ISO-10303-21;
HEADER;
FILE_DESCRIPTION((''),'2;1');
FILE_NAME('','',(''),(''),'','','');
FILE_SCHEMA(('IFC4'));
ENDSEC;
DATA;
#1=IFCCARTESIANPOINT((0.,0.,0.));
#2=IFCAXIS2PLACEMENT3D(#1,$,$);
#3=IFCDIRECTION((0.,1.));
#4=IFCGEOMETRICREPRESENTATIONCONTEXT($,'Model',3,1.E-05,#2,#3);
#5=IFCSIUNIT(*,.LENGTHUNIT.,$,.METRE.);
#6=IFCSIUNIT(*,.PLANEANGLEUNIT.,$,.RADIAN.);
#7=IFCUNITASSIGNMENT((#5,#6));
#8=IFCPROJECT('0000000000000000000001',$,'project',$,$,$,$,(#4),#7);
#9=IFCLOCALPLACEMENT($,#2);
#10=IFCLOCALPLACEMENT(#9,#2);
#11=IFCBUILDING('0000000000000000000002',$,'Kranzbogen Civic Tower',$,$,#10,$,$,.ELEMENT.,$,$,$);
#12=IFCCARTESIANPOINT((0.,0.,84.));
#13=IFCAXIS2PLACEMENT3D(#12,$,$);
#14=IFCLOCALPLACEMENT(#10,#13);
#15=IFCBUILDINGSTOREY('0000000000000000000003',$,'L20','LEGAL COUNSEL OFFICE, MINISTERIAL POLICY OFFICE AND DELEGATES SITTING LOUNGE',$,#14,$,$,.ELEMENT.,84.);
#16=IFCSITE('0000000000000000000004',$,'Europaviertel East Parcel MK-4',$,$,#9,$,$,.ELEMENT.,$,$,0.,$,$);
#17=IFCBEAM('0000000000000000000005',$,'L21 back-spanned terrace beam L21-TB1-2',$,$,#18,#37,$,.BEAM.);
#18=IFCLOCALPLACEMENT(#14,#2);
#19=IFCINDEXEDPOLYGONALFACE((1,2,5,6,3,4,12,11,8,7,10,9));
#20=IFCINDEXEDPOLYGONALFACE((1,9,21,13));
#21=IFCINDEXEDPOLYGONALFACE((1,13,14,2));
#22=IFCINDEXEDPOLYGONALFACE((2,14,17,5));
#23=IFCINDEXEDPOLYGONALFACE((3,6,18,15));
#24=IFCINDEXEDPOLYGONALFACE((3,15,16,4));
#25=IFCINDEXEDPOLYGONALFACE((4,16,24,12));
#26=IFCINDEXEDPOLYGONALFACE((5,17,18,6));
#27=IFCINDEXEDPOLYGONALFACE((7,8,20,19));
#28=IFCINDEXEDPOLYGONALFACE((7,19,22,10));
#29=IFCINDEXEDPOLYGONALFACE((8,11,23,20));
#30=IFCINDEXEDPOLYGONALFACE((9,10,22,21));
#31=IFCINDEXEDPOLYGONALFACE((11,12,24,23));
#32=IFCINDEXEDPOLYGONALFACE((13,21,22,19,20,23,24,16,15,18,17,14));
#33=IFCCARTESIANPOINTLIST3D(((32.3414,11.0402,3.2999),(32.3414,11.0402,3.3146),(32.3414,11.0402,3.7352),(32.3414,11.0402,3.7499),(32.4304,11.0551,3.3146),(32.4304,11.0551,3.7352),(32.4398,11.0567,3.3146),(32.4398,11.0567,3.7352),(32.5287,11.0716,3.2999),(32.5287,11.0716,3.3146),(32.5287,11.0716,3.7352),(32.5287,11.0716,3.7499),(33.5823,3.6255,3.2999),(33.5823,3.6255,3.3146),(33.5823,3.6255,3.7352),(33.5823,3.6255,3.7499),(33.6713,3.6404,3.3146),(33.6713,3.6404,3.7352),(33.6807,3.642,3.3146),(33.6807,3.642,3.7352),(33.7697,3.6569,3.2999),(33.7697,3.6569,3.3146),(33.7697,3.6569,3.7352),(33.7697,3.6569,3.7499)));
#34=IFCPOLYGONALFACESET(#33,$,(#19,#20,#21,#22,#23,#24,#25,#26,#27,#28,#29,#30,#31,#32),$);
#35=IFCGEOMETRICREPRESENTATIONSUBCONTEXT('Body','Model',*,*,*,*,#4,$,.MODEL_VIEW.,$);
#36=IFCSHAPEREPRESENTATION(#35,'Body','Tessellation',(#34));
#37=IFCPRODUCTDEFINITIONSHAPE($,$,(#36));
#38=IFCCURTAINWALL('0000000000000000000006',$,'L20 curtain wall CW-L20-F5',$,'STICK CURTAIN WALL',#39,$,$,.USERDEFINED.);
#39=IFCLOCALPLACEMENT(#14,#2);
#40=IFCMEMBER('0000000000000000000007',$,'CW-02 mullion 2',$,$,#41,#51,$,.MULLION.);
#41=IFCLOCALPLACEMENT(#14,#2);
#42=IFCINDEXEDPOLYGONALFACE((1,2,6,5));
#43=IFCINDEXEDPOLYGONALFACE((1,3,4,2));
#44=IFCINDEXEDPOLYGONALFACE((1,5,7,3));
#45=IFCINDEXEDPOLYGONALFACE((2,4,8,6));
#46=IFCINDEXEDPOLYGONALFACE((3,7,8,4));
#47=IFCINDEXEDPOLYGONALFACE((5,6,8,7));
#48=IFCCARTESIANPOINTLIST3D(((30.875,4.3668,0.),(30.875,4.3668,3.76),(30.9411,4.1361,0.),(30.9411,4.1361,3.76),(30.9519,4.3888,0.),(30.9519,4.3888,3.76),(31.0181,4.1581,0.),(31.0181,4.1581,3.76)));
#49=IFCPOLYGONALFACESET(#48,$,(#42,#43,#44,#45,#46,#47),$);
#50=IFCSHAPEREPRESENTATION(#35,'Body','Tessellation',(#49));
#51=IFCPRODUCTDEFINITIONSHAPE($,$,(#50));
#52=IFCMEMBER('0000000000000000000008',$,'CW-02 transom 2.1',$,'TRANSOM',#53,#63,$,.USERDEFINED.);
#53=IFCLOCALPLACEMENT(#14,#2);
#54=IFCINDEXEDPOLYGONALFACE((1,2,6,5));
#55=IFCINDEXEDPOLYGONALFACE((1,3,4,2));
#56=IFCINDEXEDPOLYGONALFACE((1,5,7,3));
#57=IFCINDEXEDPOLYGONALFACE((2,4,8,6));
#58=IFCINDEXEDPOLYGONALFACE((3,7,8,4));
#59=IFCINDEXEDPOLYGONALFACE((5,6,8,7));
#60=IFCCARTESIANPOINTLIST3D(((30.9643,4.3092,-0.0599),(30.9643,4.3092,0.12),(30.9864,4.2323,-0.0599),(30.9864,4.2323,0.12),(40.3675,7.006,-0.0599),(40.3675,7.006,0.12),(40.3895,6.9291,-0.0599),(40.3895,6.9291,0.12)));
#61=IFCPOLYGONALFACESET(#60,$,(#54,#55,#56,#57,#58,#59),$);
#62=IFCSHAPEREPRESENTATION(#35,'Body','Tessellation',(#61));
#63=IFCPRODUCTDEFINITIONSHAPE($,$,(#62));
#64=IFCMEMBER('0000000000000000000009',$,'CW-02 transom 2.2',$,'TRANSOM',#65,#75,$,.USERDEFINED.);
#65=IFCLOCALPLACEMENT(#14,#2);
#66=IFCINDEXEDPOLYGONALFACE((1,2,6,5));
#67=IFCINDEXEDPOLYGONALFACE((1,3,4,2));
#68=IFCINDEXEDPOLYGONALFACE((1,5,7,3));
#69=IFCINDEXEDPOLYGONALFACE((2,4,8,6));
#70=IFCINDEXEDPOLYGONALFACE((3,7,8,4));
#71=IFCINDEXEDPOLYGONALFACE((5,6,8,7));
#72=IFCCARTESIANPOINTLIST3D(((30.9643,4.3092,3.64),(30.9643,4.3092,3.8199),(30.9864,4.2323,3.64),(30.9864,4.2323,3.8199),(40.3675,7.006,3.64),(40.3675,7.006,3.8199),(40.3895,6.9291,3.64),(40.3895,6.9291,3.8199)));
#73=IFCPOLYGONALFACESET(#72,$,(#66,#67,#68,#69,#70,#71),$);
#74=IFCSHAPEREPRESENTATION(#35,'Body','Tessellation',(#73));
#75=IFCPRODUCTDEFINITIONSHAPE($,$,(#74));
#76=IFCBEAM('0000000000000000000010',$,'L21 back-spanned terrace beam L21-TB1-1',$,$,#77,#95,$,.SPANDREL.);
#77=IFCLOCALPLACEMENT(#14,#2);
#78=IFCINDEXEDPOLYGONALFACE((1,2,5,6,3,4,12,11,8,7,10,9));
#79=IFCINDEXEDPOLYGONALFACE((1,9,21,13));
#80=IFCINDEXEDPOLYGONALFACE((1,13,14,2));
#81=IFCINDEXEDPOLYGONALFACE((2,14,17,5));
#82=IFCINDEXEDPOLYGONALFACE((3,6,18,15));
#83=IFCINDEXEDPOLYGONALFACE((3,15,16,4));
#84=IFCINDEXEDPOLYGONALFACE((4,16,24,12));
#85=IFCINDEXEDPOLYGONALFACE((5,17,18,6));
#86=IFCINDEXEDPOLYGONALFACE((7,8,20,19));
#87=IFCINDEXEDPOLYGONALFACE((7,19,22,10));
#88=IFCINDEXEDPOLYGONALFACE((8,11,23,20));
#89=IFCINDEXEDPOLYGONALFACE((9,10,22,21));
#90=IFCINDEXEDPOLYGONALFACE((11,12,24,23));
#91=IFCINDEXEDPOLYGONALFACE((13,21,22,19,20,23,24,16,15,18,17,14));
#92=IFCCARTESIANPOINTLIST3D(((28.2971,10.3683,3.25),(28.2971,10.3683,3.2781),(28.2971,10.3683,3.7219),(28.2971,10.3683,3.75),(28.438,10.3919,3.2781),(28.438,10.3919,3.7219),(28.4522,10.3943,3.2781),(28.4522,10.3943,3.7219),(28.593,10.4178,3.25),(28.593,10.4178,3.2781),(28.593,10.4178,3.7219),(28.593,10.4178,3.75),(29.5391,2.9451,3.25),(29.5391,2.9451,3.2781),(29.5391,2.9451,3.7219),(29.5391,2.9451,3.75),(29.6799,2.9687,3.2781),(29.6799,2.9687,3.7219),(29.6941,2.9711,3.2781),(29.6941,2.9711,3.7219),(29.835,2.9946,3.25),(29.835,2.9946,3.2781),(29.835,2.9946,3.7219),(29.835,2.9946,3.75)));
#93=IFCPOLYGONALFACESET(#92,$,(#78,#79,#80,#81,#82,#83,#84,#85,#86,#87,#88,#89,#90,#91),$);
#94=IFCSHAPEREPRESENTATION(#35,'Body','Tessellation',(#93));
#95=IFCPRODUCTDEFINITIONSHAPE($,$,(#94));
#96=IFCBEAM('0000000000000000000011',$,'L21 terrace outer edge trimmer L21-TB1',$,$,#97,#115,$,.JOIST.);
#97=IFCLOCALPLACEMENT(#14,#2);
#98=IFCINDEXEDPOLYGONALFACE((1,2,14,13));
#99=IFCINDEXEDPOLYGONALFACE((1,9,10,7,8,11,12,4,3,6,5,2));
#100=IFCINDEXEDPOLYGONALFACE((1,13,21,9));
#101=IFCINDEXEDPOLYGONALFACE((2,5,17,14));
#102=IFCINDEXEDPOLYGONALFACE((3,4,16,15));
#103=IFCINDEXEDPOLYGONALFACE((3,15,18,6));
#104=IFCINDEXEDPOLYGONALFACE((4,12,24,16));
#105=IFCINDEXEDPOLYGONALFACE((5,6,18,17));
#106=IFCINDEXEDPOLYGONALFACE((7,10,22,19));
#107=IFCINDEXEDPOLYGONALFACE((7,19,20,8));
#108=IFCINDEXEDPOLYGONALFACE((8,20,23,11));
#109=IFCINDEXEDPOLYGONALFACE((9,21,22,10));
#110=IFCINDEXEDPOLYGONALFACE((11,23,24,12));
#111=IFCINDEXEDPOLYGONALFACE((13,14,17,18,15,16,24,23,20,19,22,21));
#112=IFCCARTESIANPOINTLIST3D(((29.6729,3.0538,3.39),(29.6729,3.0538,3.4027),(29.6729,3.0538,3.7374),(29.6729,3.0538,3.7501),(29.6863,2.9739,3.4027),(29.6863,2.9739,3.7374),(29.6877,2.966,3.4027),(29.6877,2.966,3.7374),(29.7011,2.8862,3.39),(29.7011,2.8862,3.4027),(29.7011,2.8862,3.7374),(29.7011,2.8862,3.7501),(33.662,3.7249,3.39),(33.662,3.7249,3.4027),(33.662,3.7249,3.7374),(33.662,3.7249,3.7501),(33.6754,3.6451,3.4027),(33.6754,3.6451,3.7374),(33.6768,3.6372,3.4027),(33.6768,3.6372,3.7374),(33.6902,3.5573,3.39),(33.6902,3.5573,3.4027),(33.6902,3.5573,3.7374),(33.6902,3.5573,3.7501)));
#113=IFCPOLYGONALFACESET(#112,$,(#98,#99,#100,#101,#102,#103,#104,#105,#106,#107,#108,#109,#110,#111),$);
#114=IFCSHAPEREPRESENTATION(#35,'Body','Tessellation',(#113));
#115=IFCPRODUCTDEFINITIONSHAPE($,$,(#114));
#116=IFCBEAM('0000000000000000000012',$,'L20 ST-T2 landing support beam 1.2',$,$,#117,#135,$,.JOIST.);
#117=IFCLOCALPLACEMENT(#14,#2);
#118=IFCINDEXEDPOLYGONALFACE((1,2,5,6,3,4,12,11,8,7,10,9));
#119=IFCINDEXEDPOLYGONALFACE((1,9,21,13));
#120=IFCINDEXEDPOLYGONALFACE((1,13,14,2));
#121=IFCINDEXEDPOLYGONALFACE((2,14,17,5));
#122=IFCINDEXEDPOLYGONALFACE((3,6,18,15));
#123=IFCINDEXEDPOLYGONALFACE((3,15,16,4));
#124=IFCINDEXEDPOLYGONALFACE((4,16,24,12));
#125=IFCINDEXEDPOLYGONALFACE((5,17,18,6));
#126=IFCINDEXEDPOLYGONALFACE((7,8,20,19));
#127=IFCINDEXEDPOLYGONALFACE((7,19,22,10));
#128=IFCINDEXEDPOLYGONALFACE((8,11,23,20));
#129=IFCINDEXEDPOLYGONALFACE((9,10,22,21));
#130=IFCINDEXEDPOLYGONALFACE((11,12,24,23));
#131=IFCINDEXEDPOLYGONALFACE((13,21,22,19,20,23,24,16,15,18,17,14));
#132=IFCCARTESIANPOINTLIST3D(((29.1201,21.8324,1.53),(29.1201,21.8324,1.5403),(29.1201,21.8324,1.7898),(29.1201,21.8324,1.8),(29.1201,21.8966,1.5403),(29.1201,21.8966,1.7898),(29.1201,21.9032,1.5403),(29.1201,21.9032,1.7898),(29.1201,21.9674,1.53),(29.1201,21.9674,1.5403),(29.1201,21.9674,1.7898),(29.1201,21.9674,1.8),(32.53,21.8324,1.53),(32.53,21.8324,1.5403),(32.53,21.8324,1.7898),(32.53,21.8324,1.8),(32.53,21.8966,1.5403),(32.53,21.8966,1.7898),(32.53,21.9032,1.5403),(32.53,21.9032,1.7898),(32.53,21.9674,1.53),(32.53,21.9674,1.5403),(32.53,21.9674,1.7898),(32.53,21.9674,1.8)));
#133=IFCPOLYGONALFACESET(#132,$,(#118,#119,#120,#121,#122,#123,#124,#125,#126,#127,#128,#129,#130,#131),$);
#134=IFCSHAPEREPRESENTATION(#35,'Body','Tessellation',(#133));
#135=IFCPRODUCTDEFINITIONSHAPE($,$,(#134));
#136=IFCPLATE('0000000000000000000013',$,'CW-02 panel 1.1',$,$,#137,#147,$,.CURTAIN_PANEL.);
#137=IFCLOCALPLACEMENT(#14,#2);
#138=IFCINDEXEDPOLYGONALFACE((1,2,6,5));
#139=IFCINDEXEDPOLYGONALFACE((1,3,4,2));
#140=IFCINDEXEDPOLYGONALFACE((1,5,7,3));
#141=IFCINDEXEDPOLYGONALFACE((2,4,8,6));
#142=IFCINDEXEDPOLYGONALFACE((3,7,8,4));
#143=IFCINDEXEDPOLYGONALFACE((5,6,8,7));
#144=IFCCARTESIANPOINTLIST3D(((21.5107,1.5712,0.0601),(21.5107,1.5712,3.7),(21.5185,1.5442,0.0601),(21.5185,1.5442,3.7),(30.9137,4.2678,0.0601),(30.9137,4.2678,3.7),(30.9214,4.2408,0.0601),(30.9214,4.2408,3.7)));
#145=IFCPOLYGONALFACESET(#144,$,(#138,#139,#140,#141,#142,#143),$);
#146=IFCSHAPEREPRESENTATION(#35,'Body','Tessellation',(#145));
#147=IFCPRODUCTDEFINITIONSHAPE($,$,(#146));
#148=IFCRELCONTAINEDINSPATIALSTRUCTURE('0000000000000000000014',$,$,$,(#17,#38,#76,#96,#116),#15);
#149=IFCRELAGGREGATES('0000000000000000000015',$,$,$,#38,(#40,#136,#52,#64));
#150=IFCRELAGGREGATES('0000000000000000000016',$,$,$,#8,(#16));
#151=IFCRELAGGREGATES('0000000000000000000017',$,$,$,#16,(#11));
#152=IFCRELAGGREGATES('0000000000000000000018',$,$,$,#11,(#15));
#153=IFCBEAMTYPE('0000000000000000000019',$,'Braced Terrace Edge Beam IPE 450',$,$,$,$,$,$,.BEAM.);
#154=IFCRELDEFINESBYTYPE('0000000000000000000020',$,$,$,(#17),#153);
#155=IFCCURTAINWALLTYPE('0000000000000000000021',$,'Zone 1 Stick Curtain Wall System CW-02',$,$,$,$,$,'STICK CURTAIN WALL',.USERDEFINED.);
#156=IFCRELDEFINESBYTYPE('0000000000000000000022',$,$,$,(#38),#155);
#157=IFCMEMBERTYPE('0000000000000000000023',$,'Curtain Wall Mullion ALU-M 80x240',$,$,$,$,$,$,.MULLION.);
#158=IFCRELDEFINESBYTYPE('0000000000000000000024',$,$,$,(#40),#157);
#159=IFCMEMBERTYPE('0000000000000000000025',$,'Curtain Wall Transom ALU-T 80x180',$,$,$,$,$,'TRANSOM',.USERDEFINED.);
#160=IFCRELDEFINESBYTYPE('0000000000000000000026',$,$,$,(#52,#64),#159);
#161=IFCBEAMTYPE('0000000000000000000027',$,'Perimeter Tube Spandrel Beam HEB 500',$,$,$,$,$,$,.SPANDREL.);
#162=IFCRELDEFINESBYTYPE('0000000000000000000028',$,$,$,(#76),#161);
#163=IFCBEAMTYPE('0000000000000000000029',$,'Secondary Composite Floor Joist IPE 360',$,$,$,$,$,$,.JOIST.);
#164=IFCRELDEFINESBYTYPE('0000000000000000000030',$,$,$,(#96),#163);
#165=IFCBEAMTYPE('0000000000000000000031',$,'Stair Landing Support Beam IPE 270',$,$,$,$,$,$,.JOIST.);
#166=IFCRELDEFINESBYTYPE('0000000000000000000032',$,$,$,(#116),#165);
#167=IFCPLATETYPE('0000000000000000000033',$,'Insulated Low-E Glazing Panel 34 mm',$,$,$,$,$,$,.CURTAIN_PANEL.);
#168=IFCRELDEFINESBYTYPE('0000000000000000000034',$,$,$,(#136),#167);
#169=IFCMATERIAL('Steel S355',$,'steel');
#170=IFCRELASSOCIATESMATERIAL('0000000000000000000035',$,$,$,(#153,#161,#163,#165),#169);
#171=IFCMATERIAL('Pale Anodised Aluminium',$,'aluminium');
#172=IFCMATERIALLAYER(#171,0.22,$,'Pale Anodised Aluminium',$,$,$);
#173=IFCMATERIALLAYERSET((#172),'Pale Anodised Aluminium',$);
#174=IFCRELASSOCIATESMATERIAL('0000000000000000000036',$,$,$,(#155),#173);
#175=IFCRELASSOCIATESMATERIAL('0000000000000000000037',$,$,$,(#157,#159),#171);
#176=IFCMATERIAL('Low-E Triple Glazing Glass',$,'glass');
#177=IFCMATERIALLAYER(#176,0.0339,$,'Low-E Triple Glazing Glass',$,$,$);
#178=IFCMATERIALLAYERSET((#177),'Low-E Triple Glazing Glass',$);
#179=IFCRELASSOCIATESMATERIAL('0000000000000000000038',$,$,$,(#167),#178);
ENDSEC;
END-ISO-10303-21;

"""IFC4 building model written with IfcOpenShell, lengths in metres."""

from ifc_helpers import new_model, si_unit, direction, frame, origin, origin_2d, place, context, subcontext, project, spatial, rectangle, i_section, extrude, material, layer, layer_set, material_profile, profile_set, type_object, element, aggregate, save


model = new_model("IFC4")

# Units and contexts
model_context = context("Model", 3, precision=1e-05, world=origin(), true_north=direction((0.0, 1.0)))
body_context = subcontext(model_context, "Body", "Model", "MODEL_VIEW")
ifc_project = project(units=[si_unit("LENGTHUNIT", "METRE"), si_unit("PLANEANGLEUNIT", "RADIAN")], contexts=[model_context])

# Site, building, storey
site_placement = place(None, origin())
site = spatial("IfcSite", under=ifc_project, at=site_placement, Name="Europaviertel East Parcel MK-4", CompositionType="ELEMENT", RefElevation=0.0)
building_placement = place(site_placement, origin())
building = spatial("IfcBuilding", under=site, at=building_placement, Name="Kranzbogen Civic Tower", CompositionType="ELEMENT")
storey_placement = place(building_placement, frame((0.0, 0.0, 84.0)))
storey = spatial("IfcBuildingStorey", under=building, at=storey_placement, Name="L20", Description="LEGAL COUNSEL OFFICE, MINISTERIAL POLICY OFFICE AND DELEGATES SITTING LOUNGE", CompositionType="ELEMENT", Elevation=84.0)

# Beam
ifc_material_1 = material(Name="Steel S355", Category="steel")
ifc_material_profile_1 = material_profile(ifc_material_1, i_section(OverallWidth=0.1899, OverallDepth=0.45, WebThickness=0.0095, FlangeThickness=0.0146, at=origin_2d()), Name="IPE 450")
ifc_profile_set_1 = profile_set([ifc_material_profile_1], Name="Steel S355")
beam_type_1 = type_object("IfcBeamType", Name="Braced Terrace Edge Beam IPE 450", PredefinedType="BEAM", material=ifc_profile_set_1)
beam_1_placement = place(storey_placement, frame((32.4351, 11.0559, 3.5249), z_axis=(0.165068, -0.986282, 0.0), x_axis=(0.986282, 0.165068, 0.0)))
element("IfcBeam", 1, at=beam_1_placement, inside=storey, type_object=beam_type_1, Name="L21 back-spanned terrace beam L21-TB1-2", PredefinedType="BEAM", context=body_context, shape_type="SweptSolid", body=[
    extrude(i_section(OverallWidth=0.1899, OverallDepth=0.45, WebThickness=0.0095, FlangeThickness=0.0146, at=origin_2d()), origin(), (0.0, 0.0, 1.0), 7.5178),
])

# Curtain wall, members
ifc_material_2 = material(Name="Pale Anodised Aluminium", Category="aluminium")
ifc_layer_1 = layer(ifc_material_2, 0.22, Name="Pale Anodised Aluminium")
ifc_layer_set_1 = layer_set([ifc_layer_1], Name="Pale Anodised Aluminium")
curtain_wall_type = type_object("IfcCurtainWallType", Name="Zone 1 Stick Curtain Wall System CW-02", ElementType="STICK CURTAIN WALL", PredefinedType="USERDEFINED", material=ifc_layer_set_1)
curtain_wall_placement = place(storey_placement, origin())
curtain_wall = element("IfcCurtainWall", 2, at=curtain_wall_placement, inside=storey, type_object=curtain_wall_type, Name="L20 curtain wall CW-L20-F5", ObjectType="STICK CURTAIN WALL", PredefinedType="USERDEFINED")
ifc_material_profile_2 = material_profile(ifc_material_2, rectangle(XDim=0.0801, YDim=0.24, at=origin_2d()), Name="ALU-M 80x240")
ifc_profile_set_2 = profile_set([ifc_material_profile_2], Name="Pale Anodised Aluminium")
member_type_1 = type_object("IfcMemberType", Name="Curtain Wall Mullion ALU-M 80x240", PredefinedType="MULLION", material=ifc_profile_set_2)
member_1_placement = place(storey_placement, frame((30.9465, 4.2625, 0.0), z_axis=(0.0, 0.0, 1.0), x_axis=(0.96125, 0.275678, 0.0)))
member_1 = element("IfcMember", 3, at=member_1_placement, type_object=member_type_1, Name="CW-02 mullion 2", PredefinedType="MULLION", context=body_context, shape_type="SweptSolid", body=[
    extrude(rectangle(XDim=0.0801, YDim=0.24, at=origin_2d()), origin(), (0.0, 0.0, 1.0), 3.76),
])
ifc_material_profile_3 = material_profile(ifc_material_2, rectangle(XDim=0.0801, YDim=0.1799, at=origin_2d()), Name="ALU-T 80x180")
ifc_profile_set_3 = profile_set([ifc_material_profile_3], Name="Pale Anodised Aluminium")
member_type_2 = type_object("IfcMemberType", Name="Curtain Wall Transom ALU-T 80x180", ElementType="TRANSOM", PredefinedType="USERDEFINED", material=ifc_profile_set_3)
member_2_placement = place(storey_placement, frame((30.9753, 4.2708, 0.03), z_axis=(0.961248, 0.275684, 0.0), x_axis=(-0.275684, 0.961248, 0.0)))
member_2 = element("IfcMember", 4, at=member_2_placement, type_object=member_type_2, Name="CW-02 transom 2.1", ObjectType="TRANSOM", PredefinedType="USERDEFINED", context=body_context, shape_type="SweptSolid", body=[
    extrude(rectangle(XDim=0.0801, YDim=0.1799, at=origin_2d()), origin(), (0.0, 0.0, 1.0), 9.7822),
])
member_3_placement = place(storey_placement, frame((30.9753, 4.2708, 3.73), z_axis=(0.961248, 0.275684, 0.0), x_axis=(-0.275684, 0.961248, 0.0)))
member_3 = element("IfcMember", 5, at=member_3_placement, type_object=member_type_2, Name="CW-02 transom 2.2", ObjectType="TRANSOM", PredefinedType="USERDEFINED", context=body_context, shape_type="SweptSolid", body=[
    extrude(rectangle(XDim=0.0801, YDim=0.1799, at=origin_2d()), origin(), (0.0, 0.0, 1.0), 9.7822),
])

# Beams
ifc_material_profile_4 = material_profile(ifc_material_1, i_section(OverallWidth=0.3, OverallDepth=0.5, WebThickness=0.0144, FlangeThickness=0.0281, at=origin_2d()), Name="HEB 500")
ifc_profile_set_4 = profile_set([ifc_material_profile_4], Name="Steel S355")
beam_type_2 = type_object("IfcBeamType", Name="Perimeter Tube Spandrel Beam HEB 500", PredefinedType="SPANDREL", material=ifc_profile_set_4)
beam_2_placement = place(storey_placement, frame((28.4451, 10.3931, 3.5), z_axis=(0.165014, -0.986291, 0.0), x_axis=(0.986291, 0.165014, 0.0)))
element("IfcBeam", 6, at=beam_2_placement, inside=storey, type_object=beam_type_2, Name="L21 back-spanned terrace beam L21-TB1-1", PredefinedType="SPANDREL", context=body_context, shape_type="SweptSolid", body=[
    extrude(i_section(OverallWidth=0.3, OverallDepth=0.5, WebThickness=0.0144, FlangeThickness=0.0281, at=origin_2d()), origin(), (0.0, 0.0, 1.0), 7.5264),
])
ifc_material_profile_5 = material_profile(ifc_material_1, i_section(OverallWidth=0.1699, OverallDepth=0.3601, WebThickness=0.0081, FlangeThickness=0.0127, at=origin_2d()), Name="IPE 360")
ifc_profile_set_5 = profile_set([ifc_material_profile_5], Name="Steel S355")
beam_type_3 = type_object("IfcBeamType", Name="Secondary Composite Floor Joist IPE 360", PredefinedType="JOIST", material=ifc_profile_set_5)
beam_3_placement = place(storey_placement, frame((29.687, 2.97, 3.5701), z_axis=(0.98614, 0.165916, 0.0), x_axis=(-0.165916, 0.98614, 0.0)))
element("IfcBeam", 7, at=beam_3_placement, inside=storey, type_object=beam_type_3, Name="L21 terrace outer edge trimmer L21-TB1", PredefinedType="JOIST", context=body_context, shape_type="SweptSolid", body=[
    extrude(i_section(OverallWidth=0.1699, OverallDepth=0.3601, WebThickness=0.0081, FlangeThickness=0.0127, at=origin_2d()), origin(), (0.0, 0.0, 1.0), 4.0452),
])
ifc_material_profile_6 = material_profile(ifc_material_1, i_section(OverallWidth=0.135, OverallDepth=0.27, WebThickness=0.0066, FlangeThickness=0.0103, at=origin_2d()), Name="IPE 270")
ifc_profile_set_6 = profile_set([ifc_material_profile_6], Name="Steel S355")
beam_type_4 = type_object("IfcBeamType", Name="Stair Landing Support Beam IPE 270", PredefinedType="JOIST", material=ifc_profile_set_6)
beam_4_placement = place(storey_placement, frame((29.1201, 21.8999, 1.665), z_axis=(1.0, 0.0, 0.0), x_axis=(0.0, 1.0, 0.0)))
element("IfcBeam", 8, at=beam_4_placement, inside=storey, type_object=beam_type_4, Name="L20 ST-T2 landing support beam 1.2", PredefinedType="JOIST", context=body_context, shape_type="SweptSolid", body=[
    extrude(i_section(OverallWidth=0.135, OverallDepth=0.27, WebThickness=0.0066, FlangeThickness=0.0103, at=origin_2d()), origin(), (0.0, 0.0, 1.0), 3.4099),
])

# Plate
ifc_material_3 = material(Name="Low-E Triple Glazing Glass", Category="glass")
ifc_layer_2 = layer(ifc_material_3, 0.0339, Name="Low-E Triple Glazing Glass")
ifc_layer_set_2 = layer_set([ifc_layer_2], Name="Low-E Triple Glazing Glass")
plate_type = type_object("IfcPlateType", Name="Insulated Low-E Glazing Panel 34 mm", PredefinedType="CURTAIN_PANEL", material=ifc_layer_set_2)
plate_placement = place(storey_placement, frame((26.2161, 2.906, 0.0601), z_axis=(0.0, 0.0, 1.0), x_axis=(0.96125, 0.275678, 0.0)))
plate = element("IfcPlate", 9, at=plate_placement, type_object=plate_type, Name="CW-02 panel 1.1", PredefinedType="CURTAIN_PANEL", context=body_context, shape_type="SweptSolid", body=[
    extrude(rectangle(XDim=9.782, YDim=0.0281, at=origin_2d()), origin(), (0.0, 0.0, 1.0), 3.6399),
])
aggregate(curtain_wall, [member_1, plate, member_2, member_3])

save(model, "model.ifc")
